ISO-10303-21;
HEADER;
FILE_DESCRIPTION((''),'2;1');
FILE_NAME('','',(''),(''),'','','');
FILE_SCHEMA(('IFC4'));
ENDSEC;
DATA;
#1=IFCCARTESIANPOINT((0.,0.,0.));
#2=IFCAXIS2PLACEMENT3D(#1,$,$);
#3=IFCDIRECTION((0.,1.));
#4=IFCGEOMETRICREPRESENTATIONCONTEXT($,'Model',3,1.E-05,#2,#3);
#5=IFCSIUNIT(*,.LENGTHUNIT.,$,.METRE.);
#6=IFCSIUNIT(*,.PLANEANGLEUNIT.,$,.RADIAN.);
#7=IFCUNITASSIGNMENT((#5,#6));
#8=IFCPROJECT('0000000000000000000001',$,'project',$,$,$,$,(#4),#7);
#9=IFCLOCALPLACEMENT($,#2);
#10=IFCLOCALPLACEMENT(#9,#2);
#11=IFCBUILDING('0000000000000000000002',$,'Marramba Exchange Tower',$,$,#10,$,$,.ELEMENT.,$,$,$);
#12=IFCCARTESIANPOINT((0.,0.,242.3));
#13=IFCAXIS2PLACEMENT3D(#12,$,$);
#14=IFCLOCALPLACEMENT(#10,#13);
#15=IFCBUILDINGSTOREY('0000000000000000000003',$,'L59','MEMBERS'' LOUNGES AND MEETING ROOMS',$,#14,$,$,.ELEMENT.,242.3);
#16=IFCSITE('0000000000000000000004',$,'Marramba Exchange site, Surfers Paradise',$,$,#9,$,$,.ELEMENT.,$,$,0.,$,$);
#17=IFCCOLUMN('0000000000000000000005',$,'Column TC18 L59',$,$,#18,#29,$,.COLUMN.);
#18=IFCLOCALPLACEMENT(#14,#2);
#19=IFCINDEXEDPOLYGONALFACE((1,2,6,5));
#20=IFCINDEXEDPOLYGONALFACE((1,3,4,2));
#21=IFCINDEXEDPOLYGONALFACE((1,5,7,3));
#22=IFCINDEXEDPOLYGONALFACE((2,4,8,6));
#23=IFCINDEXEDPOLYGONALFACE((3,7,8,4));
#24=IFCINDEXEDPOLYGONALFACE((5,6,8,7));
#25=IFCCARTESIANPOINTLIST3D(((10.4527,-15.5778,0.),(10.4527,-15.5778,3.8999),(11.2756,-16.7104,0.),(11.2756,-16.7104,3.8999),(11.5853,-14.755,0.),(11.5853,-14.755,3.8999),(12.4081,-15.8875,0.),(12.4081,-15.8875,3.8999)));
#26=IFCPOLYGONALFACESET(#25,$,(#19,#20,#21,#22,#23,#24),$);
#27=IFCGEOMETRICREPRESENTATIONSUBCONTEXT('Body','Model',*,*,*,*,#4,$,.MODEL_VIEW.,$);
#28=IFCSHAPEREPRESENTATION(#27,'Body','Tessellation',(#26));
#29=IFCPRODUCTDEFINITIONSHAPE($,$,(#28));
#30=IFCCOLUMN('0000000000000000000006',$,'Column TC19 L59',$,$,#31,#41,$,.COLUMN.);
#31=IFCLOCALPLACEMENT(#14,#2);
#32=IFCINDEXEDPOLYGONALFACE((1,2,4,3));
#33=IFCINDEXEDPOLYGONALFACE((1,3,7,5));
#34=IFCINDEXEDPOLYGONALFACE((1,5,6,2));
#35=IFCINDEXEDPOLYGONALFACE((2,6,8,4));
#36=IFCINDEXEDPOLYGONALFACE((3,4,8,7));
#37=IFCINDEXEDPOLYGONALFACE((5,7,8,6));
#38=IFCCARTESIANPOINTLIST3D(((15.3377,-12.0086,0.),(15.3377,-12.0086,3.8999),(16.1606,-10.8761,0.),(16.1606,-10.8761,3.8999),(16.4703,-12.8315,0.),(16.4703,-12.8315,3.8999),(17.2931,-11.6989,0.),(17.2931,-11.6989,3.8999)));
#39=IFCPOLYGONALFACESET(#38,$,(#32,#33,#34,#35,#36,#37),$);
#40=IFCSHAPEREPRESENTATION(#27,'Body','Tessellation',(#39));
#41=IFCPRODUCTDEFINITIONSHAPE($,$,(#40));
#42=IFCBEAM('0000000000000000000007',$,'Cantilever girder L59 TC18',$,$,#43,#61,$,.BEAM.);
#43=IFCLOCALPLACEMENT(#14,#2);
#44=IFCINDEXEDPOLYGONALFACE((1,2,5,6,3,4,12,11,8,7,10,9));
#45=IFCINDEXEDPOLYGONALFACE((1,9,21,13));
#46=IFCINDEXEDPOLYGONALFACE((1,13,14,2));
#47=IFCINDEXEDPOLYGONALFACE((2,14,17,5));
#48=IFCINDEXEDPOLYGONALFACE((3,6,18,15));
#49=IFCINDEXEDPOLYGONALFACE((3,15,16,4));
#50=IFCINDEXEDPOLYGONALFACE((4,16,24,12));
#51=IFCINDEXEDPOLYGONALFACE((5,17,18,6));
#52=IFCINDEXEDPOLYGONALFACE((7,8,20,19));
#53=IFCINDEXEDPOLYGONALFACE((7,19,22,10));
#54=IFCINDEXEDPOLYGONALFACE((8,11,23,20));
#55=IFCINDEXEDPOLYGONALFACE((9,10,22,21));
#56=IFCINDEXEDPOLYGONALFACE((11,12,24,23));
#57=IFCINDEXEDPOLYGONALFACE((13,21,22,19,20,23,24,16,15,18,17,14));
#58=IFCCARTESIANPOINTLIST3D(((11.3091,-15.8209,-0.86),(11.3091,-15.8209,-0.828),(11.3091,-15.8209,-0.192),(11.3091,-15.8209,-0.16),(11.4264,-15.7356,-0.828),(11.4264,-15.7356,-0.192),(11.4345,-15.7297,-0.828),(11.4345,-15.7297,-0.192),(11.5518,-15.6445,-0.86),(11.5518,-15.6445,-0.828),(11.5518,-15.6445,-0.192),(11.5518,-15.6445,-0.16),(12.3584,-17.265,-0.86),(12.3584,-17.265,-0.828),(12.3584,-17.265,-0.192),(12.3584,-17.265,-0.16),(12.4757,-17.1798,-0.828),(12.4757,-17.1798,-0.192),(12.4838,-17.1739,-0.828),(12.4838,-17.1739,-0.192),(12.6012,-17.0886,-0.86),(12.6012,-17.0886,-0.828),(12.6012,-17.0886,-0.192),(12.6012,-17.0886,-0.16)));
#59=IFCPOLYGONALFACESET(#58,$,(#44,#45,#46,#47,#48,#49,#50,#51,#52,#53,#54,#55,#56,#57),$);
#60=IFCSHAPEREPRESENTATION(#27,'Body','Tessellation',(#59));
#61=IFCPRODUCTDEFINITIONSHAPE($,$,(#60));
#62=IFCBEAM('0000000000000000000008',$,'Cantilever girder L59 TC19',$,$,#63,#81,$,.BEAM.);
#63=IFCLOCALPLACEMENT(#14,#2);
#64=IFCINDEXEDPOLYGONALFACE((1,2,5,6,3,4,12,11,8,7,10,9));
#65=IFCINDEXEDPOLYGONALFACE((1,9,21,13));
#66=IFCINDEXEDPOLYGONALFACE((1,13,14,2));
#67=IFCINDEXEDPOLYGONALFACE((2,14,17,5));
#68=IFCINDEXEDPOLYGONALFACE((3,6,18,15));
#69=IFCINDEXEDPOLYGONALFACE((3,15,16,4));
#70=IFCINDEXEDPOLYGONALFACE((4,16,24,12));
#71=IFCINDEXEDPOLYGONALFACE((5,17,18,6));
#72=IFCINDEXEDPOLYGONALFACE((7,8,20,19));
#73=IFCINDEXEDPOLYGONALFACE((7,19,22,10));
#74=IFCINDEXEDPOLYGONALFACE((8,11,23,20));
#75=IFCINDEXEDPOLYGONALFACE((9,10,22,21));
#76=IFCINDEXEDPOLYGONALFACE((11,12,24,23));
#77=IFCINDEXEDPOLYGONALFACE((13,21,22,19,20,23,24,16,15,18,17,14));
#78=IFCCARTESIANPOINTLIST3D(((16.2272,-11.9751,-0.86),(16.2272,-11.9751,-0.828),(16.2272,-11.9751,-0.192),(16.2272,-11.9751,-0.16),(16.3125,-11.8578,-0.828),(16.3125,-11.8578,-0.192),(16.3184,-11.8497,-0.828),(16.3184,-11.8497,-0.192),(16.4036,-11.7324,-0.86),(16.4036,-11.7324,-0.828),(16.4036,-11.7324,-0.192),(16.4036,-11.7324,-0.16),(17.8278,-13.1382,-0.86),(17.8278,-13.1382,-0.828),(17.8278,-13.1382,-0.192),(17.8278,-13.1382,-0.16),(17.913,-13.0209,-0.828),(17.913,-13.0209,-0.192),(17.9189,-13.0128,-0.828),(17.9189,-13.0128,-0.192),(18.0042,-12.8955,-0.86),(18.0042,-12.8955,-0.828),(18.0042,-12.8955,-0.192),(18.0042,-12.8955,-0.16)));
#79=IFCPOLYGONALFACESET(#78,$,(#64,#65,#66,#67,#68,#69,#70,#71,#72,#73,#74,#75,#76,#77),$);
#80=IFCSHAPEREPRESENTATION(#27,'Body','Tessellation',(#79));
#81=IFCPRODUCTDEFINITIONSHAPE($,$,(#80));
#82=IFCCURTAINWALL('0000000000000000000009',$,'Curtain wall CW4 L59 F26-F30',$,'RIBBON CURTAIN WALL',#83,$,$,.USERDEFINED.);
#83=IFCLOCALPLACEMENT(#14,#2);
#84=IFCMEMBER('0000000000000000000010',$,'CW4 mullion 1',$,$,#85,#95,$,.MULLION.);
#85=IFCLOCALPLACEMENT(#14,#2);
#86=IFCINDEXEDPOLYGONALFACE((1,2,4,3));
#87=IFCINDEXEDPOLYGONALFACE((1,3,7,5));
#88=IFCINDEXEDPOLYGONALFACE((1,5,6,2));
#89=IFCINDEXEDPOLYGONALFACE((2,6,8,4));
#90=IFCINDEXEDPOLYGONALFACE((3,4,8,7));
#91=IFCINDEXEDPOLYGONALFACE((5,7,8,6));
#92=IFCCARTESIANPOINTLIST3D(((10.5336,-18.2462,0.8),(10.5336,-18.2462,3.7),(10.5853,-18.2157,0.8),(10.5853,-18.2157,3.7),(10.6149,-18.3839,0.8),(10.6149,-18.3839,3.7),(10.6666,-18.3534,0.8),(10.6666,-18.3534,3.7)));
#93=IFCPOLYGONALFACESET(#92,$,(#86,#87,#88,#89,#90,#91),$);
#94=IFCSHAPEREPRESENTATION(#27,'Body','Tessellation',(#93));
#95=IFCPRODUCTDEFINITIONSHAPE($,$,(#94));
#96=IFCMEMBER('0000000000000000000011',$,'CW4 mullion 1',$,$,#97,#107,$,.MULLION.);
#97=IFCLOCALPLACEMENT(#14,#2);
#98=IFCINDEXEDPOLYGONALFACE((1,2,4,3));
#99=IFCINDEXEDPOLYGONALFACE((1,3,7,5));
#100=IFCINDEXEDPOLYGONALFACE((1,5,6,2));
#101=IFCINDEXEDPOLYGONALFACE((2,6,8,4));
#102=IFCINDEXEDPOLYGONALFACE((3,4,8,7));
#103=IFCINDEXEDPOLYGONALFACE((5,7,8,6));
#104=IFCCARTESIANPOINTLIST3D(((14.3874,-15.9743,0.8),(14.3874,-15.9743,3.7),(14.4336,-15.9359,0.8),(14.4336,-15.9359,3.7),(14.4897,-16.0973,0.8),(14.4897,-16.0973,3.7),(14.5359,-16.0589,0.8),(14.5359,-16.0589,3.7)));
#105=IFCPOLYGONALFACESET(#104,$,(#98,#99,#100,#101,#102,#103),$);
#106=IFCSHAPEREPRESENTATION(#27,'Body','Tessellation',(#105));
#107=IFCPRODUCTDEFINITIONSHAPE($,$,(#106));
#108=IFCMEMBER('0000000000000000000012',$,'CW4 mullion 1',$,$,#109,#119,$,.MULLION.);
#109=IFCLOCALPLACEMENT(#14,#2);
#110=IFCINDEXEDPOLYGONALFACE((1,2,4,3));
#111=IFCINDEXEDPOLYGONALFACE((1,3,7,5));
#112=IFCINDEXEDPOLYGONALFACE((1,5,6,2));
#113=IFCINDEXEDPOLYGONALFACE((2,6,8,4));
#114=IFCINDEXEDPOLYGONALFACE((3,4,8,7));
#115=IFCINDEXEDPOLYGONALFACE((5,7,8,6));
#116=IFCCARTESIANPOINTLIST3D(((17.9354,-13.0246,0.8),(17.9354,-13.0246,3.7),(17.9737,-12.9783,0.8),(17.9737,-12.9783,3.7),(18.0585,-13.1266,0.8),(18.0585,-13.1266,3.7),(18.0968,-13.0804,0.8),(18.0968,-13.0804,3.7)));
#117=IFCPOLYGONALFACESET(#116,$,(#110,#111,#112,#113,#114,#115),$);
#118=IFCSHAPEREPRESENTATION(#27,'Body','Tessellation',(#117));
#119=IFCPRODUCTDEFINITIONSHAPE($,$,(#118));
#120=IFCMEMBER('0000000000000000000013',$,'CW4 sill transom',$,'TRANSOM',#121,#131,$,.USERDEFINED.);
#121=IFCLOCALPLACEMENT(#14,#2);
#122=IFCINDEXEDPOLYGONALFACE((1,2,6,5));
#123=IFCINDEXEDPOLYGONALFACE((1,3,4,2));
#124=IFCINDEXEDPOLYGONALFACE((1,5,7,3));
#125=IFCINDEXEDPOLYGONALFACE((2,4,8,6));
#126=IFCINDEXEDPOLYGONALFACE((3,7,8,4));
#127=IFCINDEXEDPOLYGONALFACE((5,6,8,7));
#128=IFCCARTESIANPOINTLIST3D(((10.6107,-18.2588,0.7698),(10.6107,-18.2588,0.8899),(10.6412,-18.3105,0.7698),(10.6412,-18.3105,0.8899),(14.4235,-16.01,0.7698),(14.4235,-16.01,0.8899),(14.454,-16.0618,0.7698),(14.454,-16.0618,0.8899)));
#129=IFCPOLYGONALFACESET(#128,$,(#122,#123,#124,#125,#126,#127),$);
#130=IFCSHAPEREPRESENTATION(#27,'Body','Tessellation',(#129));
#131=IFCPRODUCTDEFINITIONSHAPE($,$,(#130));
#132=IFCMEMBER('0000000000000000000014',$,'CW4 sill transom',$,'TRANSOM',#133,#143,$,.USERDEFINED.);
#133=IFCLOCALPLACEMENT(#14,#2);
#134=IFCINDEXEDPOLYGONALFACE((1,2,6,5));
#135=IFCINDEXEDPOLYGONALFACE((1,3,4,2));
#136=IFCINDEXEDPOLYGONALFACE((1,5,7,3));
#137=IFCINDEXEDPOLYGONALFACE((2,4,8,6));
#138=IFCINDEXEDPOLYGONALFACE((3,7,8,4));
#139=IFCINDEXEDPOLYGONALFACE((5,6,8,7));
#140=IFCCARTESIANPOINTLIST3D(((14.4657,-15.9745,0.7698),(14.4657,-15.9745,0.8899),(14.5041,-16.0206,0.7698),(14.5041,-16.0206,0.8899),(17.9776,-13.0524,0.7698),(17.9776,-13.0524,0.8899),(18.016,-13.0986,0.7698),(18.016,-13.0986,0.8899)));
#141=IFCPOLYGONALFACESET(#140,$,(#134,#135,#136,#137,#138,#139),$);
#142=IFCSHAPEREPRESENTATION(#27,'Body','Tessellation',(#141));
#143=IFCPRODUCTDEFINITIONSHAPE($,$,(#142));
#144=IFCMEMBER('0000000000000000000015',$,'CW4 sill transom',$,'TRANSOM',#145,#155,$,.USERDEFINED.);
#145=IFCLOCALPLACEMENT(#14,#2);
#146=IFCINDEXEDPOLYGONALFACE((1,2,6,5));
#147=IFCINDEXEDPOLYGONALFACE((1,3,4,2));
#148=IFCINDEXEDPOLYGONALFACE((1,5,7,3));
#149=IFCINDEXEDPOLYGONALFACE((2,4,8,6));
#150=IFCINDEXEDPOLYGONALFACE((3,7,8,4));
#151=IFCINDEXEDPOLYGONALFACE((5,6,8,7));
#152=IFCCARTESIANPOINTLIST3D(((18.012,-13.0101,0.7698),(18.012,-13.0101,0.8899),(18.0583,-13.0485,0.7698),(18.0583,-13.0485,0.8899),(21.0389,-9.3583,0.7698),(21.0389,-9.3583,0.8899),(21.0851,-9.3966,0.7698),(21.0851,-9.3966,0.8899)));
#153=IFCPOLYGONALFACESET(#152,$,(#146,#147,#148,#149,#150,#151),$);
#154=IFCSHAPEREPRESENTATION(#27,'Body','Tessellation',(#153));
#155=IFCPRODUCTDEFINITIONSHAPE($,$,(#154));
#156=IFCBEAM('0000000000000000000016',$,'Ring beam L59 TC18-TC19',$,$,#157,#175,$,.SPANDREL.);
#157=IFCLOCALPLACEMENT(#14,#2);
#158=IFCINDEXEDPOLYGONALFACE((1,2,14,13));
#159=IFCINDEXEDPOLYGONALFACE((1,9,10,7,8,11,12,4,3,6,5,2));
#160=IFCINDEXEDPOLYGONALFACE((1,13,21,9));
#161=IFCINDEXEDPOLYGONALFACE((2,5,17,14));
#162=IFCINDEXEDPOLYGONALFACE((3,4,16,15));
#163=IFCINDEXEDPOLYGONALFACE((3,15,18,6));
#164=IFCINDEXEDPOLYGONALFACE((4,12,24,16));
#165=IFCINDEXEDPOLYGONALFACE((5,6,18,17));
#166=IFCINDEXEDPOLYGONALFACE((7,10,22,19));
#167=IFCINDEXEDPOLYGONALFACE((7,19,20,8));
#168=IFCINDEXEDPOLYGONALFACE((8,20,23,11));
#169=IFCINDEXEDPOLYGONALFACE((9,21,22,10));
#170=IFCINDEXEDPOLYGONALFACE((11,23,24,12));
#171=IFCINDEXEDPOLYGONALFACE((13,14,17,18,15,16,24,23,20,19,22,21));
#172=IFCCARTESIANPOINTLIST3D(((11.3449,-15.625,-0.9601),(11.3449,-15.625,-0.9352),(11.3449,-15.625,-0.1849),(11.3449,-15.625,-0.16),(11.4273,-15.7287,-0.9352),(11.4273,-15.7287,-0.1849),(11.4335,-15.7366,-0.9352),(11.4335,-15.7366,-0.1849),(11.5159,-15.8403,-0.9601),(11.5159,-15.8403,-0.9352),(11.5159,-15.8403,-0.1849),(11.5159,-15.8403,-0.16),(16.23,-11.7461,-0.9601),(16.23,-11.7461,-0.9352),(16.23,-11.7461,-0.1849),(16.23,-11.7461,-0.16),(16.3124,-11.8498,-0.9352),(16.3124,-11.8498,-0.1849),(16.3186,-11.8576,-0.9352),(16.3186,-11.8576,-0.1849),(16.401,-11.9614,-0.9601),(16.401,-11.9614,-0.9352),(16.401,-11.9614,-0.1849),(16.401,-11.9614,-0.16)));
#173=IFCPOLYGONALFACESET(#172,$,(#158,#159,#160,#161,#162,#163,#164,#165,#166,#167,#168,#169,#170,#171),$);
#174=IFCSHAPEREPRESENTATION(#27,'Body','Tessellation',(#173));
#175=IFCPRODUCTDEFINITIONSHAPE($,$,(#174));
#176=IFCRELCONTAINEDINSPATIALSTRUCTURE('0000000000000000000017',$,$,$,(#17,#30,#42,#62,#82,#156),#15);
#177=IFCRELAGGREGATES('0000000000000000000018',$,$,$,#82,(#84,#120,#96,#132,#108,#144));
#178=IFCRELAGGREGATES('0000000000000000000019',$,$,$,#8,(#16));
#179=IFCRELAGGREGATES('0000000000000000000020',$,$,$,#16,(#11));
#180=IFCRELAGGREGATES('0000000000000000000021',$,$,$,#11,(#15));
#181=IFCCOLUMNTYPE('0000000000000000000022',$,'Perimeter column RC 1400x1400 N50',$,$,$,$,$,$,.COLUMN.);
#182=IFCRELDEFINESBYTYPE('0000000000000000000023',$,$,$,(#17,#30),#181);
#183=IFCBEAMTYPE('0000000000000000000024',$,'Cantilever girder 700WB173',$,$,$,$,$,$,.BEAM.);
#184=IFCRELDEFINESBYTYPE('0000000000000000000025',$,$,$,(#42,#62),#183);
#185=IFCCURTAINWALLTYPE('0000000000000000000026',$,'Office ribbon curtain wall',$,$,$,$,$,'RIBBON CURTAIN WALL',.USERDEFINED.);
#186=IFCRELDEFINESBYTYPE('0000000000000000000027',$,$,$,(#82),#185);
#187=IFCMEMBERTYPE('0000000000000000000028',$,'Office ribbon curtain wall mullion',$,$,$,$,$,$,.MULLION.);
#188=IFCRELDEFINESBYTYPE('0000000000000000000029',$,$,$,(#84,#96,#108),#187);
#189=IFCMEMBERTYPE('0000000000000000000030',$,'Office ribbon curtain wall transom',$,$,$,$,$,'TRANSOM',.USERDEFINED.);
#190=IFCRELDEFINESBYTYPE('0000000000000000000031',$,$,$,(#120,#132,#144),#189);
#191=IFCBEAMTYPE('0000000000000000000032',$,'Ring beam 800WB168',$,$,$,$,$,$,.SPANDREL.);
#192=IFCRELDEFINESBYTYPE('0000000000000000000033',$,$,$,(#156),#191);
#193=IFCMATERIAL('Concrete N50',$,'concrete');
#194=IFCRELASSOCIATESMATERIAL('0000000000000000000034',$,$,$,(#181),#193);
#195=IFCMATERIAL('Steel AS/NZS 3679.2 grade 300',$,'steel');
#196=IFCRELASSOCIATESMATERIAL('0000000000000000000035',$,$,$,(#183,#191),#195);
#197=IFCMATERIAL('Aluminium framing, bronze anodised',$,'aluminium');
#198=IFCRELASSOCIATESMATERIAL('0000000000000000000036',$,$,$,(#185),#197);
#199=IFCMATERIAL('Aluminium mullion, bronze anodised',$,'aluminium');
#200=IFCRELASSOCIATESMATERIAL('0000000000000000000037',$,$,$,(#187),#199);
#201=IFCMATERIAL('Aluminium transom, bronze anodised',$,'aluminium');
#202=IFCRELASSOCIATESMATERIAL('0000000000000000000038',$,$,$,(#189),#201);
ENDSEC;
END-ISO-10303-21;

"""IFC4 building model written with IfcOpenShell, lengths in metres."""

from ifc_helpers import new_model, si_unit, direction, frame, origin, origin_2d, place, context, subcontext, project, spatial, rectangle, i_section, extrude, material, material_profile, profile_set, type_object, element, aggregate, save


model = new_model("IFC4")

# Units and contexts
model_context = context("Model", 3, precision=1e-05, world=origin(), true_north=direction((0.0, 1.0)))
body_context = subcontext(model_context, "Body", "Model", "MODEL_VIEW")
ifc_project = project(units=[si_unit("LENGTHUNIT", "METRE"), si_unit("PLANEANGLEUNIT", "RADIAN")], contexts=[model_context])

# Site, building, storey
site_placement = place(None, origin())
site = spatial("IfcSite", under=ifc_project, at=site_placement, Name="Marramba Exchange site, Surfers Paradise", CompositionType="ELEMENT", RefElevation=0.0)
building_placement = place(site_placement, origin())
building = spatial("IfcBuilding", under=site, at=building_placement, Name="Marramba Exchange Tower", CompositionType="ELEMENT")
storey_placement = place(building_placement, frame((0.0, 0.0, 242.3)))
storey = spatial("IfcBuildingStorey", under=building, at=storey_placement, Name="L59", Description="MEMBERS' LOUNGES AND MEETING ROOMS", CompositionType="ELEMENT", Elevation=242.3)

# Columns
ifc_material_1 = material(Name="Concrete N50", Category="concrete")
ifc_material_profile_1 = material_profile(ifc_material_1, rectangle(XDim=1.3999, YDim=1.3999, at=origin_2d()), Name="RC 1400x1400")
ifc_profile_set_1 = profile_set([ifc_material_profile_1], Name="Concrete N50")
column_type = type_object("IfcColumnType", Name="Perimeter column RC 1400x1400 N50", PredefinedType="COLUMN", material=ifc_profile_set_1)
for number, where, z_axis, x_axis, name in (
    (1, (11.4304, -15.7327, 0.0), (0.0, 0.0, 1.0), (0.587785, -0.809017, 0.0), "Column TC18 L59"),
    (2, (16.3154, -11.8538, 0.0), (0.0, 0.0, 1.0), (0.809017, -0.587785, 0.0), "Column TC19 L59"),
):
    element("IfcColumn", number, at=place(storey_placement, frame(where, z_axis=z_axis, x_axis=x_axis)), inside=storey, type_object=column_type, Name=name, PredefinedType="COLUMN", context=body_context, shape_type="SweptSolid", body=[
        extrude(rectangle(XDim=1.3999, YDim=1.3999, at=origin_2d()), origin(), (0.0, 0.0, 1.0), 3.8999),
    ])

# Beams
ifc_material_2 = material(Name="Steel AS/NZS 3679.2 grade 300", Category="steel")
ifc_material_profile_2 = material_profile(ifc_material_2, i_section(OverallWidth=0.3, OverallDepth=0.7, WebThickness=0.01, FlangeThickness=0.032, at=origin_2d()), Name="700WB173")
ifc_profile_set_2 = profile_set([ifc_material_profile_2], Name="Steel AS/NZS 3679.2 grade 300")
beam_type_1 = type_object("IfcBeamType", Name="Cantilever girder 700WB173", PredefinedType="BEAM", material=ifc_profile_set_2)
beam_1_placement = place(storey_placement, frame((11.4304, -15.7327, -0.51), z_axis=(0.58783, -0.808984, 0.0), x_axis=(0.808984, 0.58783, 0.0)))
element("IfcBeam", 3, at=beam_1_placement, inside=storey, type_object=beam_type_1, Name="Cantilever girder L59 TC18", PredefinedType="BEAM", context=body_context, shape_type="SweptSolid", body=[
    extrude(i_section(OverallWidth=0.3, OverallDepth=0.7, WebThickness=0.01, FlangeThickness=0.032, at=origin_2d()), origin(), (0.0, 0.0, 1.0), 1.7852),
])
beam_2_placement = place(storey_placement, frame((16.3154, -11.8538, -0.51), z_axis=(0.808971, -0.587849, 0.0), x_axis=(0.587849, 0.808971, 0.0)))
element("IfcBeam", 4, at=beam_2_placement, inside=storey, type_object=beam_type_1, Name="Cantilever girder L59 TC19", PredefinedType="BEAM", context=body_context, shape_type="SweptSolid", body=[
    extrude(i_section(OverallWidth=0.3, OverallDepth=0.7, WebThickness=0.01, FlangeThickness=0.032, at=origin_2d()), origin(), (0.0, 0.0, 1.0), 1.9785),
])

# Curtain wall, members
ifc_material_3 = material(Name="Aluminium framing, bronze anodised", Category="aluminium")
curtain_wall_type = type_object("IfcCurtainWallType", Name="Office ribbon curtain wall", ElementType="RIBBON CURTAIN WALL", PredefinedType="USERDEFINED", material=ifc_material_3)
curtain_wall_placement = place(storey_placement, origin())
curtain_wall = element("IfcCurtainWall", 5, at=curtain_wall_placement, inside=storey, type_object=curtain_wall_type, Name="Curtain wall CW4 L59 F26-F30", ObjectType="RIBBON CURTAIN WALL", PredefinedType="USERDEFINED")
ifc_material_4 = material(Name="Aluminium mullion, bronze anodised", Category="aluminium")
ifc_material_profile_3 = material_profile(ifc_material_4, rectangle(XDim=0.1599, YDim=0.0601, at=origin_2d()), Name="CW4 mullion 60x160")
ifc_profile_set_3 = profile_set([ifc_material_profile_3], Name="Aluminium mullion, bronze anodised")
member_type_1 = type_object("IfcMemberType", Name="Office ribbon curtain wall mullion", PredefinedType="MULLION", material=ifc_profile_set_3)
member_1_placement = place(storey_placement, frame((10.6001, -18.2998, 0.8), z_axis=(0.0, 0.0, 1.0), x_axis=(-0.508011, 0.861351, 0.0)))
member_1 = element("IfcMember", 6, at=member_1_placement, type_object=member_type_1, Name="CW4 mullion 1", PredefinedType="MULLION", context=body_context, shape_type="SweptSolid", body=[
    extrude(rectangle(XDim=0.1599, YDim=0.0601, at=origin_2d()), origin(), (0.0, 0.0, 1.0), 2.8999),
])
member_2_placement = place(storey_placement, frame((14.4617, -16.0166, 0.8), z_axis=(0.0, 0.0, 1.0), x_axis=(-0.639565, 0.768737, 0.0)))
member_2 = element("IfcMember", 7, at=member_2_placement, type_object=member_type_1, Name="CW4 mullion 1", PredefinedType="MULLION", context=body_context, shape_type="SweptSolid", body=[
    extrude(rectangle(XDim=0.1599, YDim=0.0601, at=origin_2d()), origin(), (0.0, 0.0, 1.0), 2.8999),
])
member_3_placement = place(storey_placement, frame((18.0161, -13.0525, 0.8), z_axis=(0.0, 0.0, 1.0), x_axis=(-0.769912, 0.63815, 0.0)))
member_3 = element("IfcMember", 8, at=member_3_placement, type_object=member_type_1, Name="CW4 mullion 1", PredefinedType="MULLION", context=body_context, shape_type="SweptSolid", body=[
    extrude(rectangle(XDim=0.1599, YDim=0.0601, at=origin_2d()), origin(), (0.0, 0.0, 1.0), 2.8999),
])
ifc_material_5 = material(Name="Aluminium transom, bronze anodised", Category="aluminium")
ifc_material_profile_4 = material_profile(ifc_material_5, rectangle(XDim=0.0601, YDim=0.1201, at=origin_2d()), Name="CW4 transom 60x120")
ifc_profile_set_4 = profile_set([ifc_material_profile_4], Name="Aluminium transom, bronze anodised")
member_type_2 = type_object("IfcMemberType", Name="Office ribbon curtain wall transom", ElementType="TRANSOM", PredefinedType="USERDEFINED", material=ifc_profile_set_4)
member_4_placement = place(storey_placement, frame((10.626, -18.2847, 0.8298), z_axis=(0.861342, 0.508025, 0.0), x_axis=(-0.508025, 0.861342, 0.0)))
member_4 = element("IfcMember", 9, at=member_4_placement, type_object=member_type_2, Name="CW4 sill transom", ObjectType="TRANSOM", PredefinedType="USERDEFINED", context=body_context, shape_type="SweptSolid", body=[
    extrude(rectangle(XDim=0.0601, YDim=0.1201, at=origin_2d()), origin(), (0.0, 0.0, 1.0), 4.4265),
])
member_5_placement = place(storey_placement, frame((14.4849, -15.9976, 0.8298), z_axis=(0.768707, 0.639601, 0.0), x_axis=(-0.639601, 0.768707, 0.0)))
member_5 = element("IfcMember", 10, at=member_5_placement, type_object=member_type_2, Name="CW4 sill transom", ObjectType="TRANSOM", PredefinedType="USERDEFINED", context=body_context, shape_type="SweptSolid", body=[
    extrude(rectangle(XDim=0.0601, YDim=0.1201, at=origin_2d()), origin(), (0.0, 0.0, 1.0), 4.5686),
])
member_6_placement = place(storey_placement, frame((18.0352, -13.0293, 0.8298), z_axis=(0.638147, 0.769915, 0.0), x_axis=(-0.769915, 0.638147, 0.0)))
member_6 = element("IfcMember", 11, at=member_6_placement, type_object=member_type_2, Name="CW4 sill transom", ObjectType="TRANSOM", PredefinedType="USERDEFINED", context=body_context, shape_type="SweptSolid", body=[
    extrude(rectangle(XDim=0.0601, YDim=0.1201, at=origin_2d()), origin(), (0.0, 0.0, 1.0), 4.7432),
])

# Beam
ifc_material_profile_5 = material_profile(ifc_material_2, i_section(OverallWidth=0.2749, OverallDepth=0.8, WebThickness=0.01, FlangeThickness=0.0249, at=origin_2d()), Name="800WB168")
ifc_profile_set_5 = profile_set([ifc_material_profile_5], Name="Steel AS/NZS 3679.2 grade 300")
beam_type_2 = type_object("IfcBeamType", Name="Ring beam 800WB168", PredefinedType="SPANDREL", material=ifc_profile_set_5)
beam_3_placement = place(storey_placement, frame((11.4304, -15.7327, -0.5601), z_axis=(0.783139, 0.621846, 0.0), x_axis=(-0.621846, 0.783139, 0.0)))
element("IfcBeam", 12, at=beam_3_placement, inside=storey, type_object=beam_type_2, Name="Ring beam L59 TC18-TC19", PredefinedType="SPANDREL", context=body_context, shape_type="SweptSolid", body=[
    extrude(i_section(OverallWidth=0.2749, OverallDepth=0.8, WebThickness=0.01, FlangeThickness=0.0249, at=origin_2d()), origin(), (0.0, 0.0, 1.0), 6.2378),
])

aggregate(curtain_wall, [member_1, member_4, member_2, member_5, member_3, member_6])

save(model, "model.ifc")
